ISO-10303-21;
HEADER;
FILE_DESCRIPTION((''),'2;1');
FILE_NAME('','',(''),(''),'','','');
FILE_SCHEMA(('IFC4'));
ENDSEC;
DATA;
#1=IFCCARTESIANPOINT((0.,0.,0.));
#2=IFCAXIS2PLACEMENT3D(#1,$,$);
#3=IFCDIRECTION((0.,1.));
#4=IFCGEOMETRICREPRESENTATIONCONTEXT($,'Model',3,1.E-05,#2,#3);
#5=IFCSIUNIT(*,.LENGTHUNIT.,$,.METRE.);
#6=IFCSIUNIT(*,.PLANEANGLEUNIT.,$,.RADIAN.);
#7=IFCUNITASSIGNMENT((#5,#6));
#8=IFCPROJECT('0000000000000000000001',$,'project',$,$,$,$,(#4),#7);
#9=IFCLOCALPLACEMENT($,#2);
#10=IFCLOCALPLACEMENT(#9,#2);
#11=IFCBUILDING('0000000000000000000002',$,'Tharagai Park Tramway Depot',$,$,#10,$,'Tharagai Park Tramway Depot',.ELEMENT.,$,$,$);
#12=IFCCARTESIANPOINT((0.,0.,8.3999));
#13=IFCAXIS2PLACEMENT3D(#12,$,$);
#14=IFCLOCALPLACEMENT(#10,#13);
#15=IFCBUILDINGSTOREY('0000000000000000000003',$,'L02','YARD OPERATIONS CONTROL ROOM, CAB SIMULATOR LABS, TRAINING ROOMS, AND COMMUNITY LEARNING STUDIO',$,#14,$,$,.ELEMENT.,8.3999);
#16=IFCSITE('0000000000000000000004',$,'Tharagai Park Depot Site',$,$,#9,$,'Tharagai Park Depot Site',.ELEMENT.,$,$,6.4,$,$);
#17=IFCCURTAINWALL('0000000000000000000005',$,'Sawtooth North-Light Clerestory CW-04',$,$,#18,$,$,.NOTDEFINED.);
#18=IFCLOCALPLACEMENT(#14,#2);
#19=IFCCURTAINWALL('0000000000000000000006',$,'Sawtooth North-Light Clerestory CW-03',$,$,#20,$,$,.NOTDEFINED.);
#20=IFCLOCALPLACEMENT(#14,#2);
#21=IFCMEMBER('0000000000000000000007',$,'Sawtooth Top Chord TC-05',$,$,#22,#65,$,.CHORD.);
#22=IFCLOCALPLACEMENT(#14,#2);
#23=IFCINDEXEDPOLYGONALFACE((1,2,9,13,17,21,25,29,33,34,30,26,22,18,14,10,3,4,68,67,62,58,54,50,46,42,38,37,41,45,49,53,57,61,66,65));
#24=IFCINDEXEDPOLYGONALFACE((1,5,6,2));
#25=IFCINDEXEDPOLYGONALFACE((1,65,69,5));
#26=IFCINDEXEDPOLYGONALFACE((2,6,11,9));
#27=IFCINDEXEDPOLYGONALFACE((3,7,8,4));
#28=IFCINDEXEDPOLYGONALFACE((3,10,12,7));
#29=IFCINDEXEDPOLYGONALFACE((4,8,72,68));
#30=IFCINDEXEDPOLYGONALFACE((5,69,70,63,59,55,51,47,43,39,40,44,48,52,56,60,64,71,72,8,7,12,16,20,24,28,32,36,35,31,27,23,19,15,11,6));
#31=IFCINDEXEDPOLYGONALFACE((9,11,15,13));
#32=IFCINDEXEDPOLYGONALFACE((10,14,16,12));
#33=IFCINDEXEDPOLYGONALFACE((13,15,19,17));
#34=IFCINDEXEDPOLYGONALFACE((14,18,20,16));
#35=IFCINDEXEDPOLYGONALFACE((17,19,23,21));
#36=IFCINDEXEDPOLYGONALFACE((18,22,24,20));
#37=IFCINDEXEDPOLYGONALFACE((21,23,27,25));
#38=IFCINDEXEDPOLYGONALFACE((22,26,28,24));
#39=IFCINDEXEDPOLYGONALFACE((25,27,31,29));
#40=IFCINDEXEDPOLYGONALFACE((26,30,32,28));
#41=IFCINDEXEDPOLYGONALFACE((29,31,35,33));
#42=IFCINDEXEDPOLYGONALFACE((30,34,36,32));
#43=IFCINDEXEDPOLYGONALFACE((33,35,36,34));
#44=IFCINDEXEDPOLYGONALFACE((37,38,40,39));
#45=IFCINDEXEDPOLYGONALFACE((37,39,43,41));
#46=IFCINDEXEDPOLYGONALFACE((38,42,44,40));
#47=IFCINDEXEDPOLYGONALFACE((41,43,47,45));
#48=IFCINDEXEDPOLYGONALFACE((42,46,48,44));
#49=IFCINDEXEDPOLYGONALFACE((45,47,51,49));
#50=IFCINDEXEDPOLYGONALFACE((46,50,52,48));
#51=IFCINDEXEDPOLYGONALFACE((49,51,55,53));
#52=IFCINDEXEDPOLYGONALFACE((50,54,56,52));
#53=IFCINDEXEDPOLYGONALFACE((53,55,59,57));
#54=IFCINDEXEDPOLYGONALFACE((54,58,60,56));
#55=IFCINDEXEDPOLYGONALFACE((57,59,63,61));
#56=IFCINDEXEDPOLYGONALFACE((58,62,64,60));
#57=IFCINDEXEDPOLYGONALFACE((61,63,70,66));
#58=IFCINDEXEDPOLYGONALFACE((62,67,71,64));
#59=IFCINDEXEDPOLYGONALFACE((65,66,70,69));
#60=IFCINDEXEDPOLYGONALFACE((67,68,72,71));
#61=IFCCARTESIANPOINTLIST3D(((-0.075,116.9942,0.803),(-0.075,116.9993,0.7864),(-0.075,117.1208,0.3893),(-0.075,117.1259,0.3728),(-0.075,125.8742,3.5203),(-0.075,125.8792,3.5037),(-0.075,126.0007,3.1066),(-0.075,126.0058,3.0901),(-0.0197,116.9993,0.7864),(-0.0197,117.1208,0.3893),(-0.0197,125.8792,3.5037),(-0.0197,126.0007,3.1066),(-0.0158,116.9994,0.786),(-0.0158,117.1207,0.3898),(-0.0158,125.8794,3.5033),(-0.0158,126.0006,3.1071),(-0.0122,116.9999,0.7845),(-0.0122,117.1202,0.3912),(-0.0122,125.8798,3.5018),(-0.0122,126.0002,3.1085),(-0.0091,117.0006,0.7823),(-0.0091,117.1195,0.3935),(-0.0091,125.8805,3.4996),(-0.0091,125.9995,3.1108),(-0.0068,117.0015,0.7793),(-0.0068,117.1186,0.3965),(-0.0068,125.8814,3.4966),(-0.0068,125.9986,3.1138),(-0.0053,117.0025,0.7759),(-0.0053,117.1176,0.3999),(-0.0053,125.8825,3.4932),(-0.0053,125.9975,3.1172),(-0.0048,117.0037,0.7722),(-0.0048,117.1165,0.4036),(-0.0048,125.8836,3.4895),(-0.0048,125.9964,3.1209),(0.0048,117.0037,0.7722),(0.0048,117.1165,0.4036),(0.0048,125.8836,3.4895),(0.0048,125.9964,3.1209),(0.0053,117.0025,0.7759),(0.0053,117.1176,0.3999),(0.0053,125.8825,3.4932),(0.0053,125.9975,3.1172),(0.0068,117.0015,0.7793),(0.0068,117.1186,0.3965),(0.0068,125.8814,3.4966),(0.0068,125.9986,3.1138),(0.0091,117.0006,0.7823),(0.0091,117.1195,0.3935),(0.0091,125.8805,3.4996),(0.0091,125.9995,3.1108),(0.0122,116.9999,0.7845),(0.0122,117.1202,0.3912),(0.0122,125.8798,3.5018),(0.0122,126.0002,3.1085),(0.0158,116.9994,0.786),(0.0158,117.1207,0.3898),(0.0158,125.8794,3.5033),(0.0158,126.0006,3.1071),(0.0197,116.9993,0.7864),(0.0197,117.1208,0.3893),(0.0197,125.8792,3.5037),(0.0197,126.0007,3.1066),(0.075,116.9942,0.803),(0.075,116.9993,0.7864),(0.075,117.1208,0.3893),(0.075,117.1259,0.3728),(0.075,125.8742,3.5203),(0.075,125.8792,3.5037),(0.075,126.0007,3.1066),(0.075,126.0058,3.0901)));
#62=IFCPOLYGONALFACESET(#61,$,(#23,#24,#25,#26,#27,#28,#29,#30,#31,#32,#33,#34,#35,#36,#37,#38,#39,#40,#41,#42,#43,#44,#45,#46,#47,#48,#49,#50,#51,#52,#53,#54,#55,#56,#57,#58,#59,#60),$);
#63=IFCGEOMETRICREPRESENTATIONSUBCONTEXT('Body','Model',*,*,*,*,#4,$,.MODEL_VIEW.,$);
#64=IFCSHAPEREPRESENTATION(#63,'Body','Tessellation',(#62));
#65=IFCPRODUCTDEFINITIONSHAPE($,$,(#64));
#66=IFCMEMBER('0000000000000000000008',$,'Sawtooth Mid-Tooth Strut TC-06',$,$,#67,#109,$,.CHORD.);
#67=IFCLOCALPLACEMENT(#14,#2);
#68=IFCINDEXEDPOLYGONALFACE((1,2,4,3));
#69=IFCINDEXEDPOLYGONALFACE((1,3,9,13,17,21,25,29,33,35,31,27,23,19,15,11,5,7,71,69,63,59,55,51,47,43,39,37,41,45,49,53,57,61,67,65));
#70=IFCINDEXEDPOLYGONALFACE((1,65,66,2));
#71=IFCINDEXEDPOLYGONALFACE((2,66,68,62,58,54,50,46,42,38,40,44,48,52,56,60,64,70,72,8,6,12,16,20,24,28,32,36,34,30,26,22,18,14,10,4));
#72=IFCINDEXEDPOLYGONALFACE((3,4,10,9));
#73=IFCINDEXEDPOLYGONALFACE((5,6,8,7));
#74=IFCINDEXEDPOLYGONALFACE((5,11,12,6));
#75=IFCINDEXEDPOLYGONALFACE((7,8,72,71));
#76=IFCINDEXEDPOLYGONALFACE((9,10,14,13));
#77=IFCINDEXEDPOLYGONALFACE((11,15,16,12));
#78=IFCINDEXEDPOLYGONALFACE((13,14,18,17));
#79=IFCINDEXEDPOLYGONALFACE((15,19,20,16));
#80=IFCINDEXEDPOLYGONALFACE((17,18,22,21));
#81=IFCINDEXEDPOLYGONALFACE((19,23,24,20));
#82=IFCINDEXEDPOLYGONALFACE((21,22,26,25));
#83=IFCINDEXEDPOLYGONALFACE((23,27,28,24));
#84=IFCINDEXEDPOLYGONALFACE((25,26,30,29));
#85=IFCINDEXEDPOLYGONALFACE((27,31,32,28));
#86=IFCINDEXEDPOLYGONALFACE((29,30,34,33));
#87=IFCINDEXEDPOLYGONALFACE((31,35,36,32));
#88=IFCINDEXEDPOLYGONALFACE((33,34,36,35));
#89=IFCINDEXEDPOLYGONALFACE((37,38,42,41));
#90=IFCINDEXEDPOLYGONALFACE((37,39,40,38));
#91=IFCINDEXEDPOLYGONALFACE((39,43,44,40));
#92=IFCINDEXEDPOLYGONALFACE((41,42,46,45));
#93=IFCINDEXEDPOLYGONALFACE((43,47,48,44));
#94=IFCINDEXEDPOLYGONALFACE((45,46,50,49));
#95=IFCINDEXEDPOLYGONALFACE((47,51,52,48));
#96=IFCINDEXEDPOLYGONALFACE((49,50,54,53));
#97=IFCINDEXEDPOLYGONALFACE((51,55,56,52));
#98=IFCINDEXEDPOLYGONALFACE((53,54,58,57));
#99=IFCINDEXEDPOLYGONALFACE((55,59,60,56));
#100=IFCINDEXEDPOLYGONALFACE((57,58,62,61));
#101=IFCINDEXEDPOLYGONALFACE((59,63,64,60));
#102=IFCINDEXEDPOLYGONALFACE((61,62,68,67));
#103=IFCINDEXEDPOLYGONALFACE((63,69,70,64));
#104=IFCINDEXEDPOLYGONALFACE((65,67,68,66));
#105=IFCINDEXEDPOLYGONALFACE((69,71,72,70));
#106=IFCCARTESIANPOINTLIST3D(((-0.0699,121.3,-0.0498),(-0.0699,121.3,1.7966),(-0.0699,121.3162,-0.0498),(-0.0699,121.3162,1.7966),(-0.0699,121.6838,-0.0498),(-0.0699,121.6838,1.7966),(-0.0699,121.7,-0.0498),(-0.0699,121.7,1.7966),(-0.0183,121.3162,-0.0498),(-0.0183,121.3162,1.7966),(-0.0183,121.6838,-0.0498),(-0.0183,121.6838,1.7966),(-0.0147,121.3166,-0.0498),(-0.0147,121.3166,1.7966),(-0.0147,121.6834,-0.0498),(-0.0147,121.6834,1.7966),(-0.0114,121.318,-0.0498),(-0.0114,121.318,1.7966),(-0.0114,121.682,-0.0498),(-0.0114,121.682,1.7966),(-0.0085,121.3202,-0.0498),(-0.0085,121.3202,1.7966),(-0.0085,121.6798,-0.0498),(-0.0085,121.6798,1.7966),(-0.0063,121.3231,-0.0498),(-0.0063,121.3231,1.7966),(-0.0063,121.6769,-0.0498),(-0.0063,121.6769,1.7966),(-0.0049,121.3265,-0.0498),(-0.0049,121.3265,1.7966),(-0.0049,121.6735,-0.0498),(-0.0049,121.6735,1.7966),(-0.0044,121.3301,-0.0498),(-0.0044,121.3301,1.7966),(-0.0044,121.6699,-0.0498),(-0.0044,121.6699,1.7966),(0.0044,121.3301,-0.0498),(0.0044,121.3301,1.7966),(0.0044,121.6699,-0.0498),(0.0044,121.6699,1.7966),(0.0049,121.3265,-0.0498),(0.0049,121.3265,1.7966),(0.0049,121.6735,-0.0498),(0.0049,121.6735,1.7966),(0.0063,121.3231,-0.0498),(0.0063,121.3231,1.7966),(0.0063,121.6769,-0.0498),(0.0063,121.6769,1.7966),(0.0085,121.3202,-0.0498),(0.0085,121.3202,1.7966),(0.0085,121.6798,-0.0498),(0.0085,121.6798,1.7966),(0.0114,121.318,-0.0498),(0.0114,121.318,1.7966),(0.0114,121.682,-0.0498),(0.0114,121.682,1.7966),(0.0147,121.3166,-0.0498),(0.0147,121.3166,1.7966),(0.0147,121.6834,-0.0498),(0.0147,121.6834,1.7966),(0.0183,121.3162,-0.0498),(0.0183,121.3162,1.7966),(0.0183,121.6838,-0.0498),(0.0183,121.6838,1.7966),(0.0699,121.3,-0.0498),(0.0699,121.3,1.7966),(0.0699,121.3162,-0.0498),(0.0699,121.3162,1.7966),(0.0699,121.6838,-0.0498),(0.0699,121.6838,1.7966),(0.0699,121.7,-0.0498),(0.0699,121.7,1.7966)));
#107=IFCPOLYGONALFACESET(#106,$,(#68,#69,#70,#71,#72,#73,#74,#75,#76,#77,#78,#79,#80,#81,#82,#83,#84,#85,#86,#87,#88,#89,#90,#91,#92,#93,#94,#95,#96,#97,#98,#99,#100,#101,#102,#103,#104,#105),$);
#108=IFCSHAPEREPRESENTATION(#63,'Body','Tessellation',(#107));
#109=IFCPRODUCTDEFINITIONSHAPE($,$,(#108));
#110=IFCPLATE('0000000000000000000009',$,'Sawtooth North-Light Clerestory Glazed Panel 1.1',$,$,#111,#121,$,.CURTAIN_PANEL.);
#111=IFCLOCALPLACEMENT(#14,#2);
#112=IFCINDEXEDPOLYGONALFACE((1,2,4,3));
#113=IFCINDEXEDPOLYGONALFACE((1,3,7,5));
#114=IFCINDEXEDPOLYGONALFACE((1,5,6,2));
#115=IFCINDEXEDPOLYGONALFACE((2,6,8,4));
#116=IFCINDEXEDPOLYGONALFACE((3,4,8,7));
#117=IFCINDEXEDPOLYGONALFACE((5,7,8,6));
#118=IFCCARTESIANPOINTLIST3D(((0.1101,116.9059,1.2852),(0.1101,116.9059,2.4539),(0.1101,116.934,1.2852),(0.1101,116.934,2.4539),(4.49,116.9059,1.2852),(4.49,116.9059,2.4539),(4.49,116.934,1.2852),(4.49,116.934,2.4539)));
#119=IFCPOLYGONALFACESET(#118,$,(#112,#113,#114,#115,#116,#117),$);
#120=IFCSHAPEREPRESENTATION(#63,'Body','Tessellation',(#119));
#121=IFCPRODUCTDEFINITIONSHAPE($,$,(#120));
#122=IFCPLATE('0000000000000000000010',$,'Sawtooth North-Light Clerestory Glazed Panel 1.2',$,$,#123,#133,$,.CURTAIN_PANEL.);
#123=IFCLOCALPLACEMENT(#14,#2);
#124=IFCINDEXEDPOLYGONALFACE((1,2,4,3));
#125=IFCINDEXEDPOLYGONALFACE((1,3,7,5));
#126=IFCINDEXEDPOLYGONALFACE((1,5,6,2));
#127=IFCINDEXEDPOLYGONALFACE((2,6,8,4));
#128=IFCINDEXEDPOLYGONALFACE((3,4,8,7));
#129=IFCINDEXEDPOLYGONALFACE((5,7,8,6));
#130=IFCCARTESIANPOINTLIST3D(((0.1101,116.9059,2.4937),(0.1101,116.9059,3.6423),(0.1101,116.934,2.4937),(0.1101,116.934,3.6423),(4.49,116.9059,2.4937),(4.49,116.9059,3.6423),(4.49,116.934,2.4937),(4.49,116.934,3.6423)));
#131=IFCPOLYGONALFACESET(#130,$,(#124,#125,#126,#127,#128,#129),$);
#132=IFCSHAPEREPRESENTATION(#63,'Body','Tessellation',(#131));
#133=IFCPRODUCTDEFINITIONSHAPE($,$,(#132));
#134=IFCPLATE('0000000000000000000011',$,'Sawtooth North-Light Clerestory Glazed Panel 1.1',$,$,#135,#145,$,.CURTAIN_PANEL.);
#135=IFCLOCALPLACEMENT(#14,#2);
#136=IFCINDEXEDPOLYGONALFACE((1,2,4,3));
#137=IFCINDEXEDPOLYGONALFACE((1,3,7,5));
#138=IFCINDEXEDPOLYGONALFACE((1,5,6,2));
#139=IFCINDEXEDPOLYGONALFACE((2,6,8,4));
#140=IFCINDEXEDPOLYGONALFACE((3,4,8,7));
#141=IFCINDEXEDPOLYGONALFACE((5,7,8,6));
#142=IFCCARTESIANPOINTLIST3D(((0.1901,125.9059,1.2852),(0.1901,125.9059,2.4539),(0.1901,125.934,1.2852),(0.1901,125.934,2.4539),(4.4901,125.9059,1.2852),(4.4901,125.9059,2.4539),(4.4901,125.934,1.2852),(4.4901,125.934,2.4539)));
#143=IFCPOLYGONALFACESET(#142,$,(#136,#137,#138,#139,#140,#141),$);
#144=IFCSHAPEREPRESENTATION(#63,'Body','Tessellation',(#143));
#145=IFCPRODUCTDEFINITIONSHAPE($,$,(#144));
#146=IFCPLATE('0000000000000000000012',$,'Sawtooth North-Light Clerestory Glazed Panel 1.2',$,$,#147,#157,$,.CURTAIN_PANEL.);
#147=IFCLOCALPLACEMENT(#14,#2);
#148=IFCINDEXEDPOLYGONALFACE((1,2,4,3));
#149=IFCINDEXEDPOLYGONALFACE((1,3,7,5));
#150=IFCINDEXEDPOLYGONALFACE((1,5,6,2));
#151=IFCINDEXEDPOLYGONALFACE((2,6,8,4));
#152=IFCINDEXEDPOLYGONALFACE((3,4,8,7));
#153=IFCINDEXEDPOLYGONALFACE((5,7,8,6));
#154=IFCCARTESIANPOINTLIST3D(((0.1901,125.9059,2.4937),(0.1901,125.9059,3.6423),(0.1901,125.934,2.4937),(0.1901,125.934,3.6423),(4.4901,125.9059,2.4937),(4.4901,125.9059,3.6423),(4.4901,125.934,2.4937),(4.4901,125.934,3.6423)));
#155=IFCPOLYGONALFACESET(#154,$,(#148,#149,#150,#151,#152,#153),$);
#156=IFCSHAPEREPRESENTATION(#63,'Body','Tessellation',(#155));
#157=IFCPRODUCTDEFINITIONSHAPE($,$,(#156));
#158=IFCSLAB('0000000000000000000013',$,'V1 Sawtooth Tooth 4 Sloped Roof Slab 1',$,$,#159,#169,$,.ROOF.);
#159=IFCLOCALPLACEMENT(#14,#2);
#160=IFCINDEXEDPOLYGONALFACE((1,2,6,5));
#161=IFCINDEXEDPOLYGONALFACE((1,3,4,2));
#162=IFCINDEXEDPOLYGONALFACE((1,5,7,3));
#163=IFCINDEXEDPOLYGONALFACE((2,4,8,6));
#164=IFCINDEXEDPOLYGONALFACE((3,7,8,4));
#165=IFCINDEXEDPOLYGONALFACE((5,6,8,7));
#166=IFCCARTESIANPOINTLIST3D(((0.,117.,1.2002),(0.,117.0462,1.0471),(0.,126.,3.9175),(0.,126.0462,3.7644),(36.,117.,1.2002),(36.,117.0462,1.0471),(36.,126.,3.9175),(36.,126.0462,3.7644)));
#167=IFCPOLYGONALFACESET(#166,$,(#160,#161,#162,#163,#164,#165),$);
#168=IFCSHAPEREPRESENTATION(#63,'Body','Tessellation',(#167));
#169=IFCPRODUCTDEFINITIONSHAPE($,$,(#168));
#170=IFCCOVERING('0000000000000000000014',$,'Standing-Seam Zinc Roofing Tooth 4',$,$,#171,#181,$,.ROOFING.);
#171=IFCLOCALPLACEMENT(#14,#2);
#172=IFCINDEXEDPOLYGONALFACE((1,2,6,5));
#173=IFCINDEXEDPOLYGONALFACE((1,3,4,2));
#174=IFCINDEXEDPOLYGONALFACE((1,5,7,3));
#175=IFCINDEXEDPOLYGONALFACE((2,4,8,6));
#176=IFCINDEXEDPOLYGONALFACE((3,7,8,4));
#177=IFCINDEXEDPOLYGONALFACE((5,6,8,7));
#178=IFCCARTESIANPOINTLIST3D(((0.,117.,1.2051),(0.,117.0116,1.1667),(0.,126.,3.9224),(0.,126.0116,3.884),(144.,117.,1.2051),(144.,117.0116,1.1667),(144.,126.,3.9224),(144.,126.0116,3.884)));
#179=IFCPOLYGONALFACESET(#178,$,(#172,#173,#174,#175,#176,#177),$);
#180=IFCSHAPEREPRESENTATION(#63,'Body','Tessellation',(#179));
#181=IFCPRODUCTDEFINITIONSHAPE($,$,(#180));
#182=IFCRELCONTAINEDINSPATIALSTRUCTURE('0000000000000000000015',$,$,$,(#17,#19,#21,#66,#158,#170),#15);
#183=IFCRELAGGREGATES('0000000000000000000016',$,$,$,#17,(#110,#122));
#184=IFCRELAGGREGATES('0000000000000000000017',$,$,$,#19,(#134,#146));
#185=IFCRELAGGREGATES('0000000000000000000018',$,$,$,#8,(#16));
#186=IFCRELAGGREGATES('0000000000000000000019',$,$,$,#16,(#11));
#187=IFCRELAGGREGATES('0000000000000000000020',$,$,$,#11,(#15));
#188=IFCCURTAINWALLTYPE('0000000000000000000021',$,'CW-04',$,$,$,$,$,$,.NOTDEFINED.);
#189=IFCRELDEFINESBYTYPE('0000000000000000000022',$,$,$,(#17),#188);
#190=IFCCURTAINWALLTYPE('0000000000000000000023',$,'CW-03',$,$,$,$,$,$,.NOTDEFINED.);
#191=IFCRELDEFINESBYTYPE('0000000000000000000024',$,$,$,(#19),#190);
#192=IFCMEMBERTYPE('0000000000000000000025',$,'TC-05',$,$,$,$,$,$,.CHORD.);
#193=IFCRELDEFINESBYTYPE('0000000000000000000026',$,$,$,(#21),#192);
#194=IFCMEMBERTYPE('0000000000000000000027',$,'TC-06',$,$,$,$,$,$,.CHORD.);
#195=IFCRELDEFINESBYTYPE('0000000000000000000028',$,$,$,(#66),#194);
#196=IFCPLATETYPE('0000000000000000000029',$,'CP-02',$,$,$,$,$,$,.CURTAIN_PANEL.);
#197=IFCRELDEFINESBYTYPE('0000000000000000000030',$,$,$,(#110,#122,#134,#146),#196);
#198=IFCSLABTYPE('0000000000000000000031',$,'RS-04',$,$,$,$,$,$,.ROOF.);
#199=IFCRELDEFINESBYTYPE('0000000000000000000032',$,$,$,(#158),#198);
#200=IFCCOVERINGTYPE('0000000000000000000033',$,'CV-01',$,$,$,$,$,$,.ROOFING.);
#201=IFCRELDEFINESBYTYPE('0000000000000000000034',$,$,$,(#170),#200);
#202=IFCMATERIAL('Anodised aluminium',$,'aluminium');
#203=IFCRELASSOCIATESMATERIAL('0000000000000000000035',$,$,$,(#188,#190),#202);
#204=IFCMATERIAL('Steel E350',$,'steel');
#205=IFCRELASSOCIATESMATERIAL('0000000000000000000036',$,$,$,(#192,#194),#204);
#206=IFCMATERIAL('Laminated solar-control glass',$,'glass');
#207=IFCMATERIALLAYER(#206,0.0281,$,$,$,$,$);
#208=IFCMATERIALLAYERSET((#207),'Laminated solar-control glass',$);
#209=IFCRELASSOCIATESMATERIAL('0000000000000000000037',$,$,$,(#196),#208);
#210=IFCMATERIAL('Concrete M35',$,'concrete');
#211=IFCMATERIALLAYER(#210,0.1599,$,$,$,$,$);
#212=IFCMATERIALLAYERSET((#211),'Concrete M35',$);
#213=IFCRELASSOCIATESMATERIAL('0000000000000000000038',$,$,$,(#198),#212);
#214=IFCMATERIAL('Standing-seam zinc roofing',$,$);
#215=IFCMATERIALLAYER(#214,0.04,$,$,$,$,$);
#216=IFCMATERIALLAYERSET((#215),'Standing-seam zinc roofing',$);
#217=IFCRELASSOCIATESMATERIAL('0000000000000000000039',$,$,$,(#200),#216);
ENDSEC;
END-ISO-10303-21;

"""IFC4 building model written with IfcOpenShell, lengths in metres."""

from ifc_helpers import new_model, si_unit, direction, frame, origin, origin_2d, place, context, subcontext, project, spatial, polyline, rectangle, i_section, outline, extrude, material, layer, layer_set, material_profile, profile_set, type_object, element, aggregate, save


model = new_model("IFC4")

# Units and contexts
model_context = context("Model", 3, precision=1e-05, world=origin(), true_north=direction((0.0, 1.0)))
body_context = subcontext(model_context, "Body", "Model", "MODEL_VIEW")
ifc_project = project(units=[si_unit("LENGTHUNIT", "METRE"), si_unit("PLANEANGLEUNIT", "RADIAN")], contexts=[model_context])

# Site, building, storey
site_placement = place(None, origin())
site = spatial("IfcSite", under=ifc_project, at=site_placement, Name="Tharagai Park Depot Site", LongName="Tharagai Park Depot Site", CompositionType="ELEMENT", RefElevation=6.4)
building_placement = place(site_placement, origin())
building = spatial("IfcBuilding", under=site, at=building_placement, Name="Tharagai Park Tramway Depot", LongName="Tharagai Park Tramway Depot", CompositionType="ELEMENT")
storey_placement = place(building_placement, frame((0.0, 0.0, 8.3999)))
storey = spatial("IfcBuildingStorey", under=building, at=storey_placement, Name="L02", Description="YARD OPERATIONS CONTROL ROOM, CAB SIMULATOR LABS, TRAINING ROOMS, AND COMMUNITY LEARNING STUDIO", CompositionType="ELEMENT", Elevation=8.3999)

# Shared definitions
ifc_material_1 = material(Name="Steel E350", Category="steel")

# Curtain walls
ifc_material_2 = material(Name="Anodised aluminium", Category="aluminium")
curtain_wall_type_1 = type_object("IfcCurtainWallType", Name="CW-04", PredefinedType="NOTDEFINED", material=ifc_material_2)
curtain_wall_1_placement = place(storey_placement, origin())
curtain_wall_1 = element("IfcCurtainWall", 1, at=curtain_wall_1_placement, inside=storey, type_object=curtain_wall_type_1, Name="Sawtooth North-Light Clerestory CW-04", PredefinedType="NOTDEFINED")
curtain_wall_type_2 = type_object("IfcCurtainWallType", Name="CW-03", PredefinedType="NOTDEFINED", material=ifc_material_2)
curtain_wall_2_placement = place(storey_placement, origin())
curtain_wall_2 = element("IfcCurtainWall", 2, at=curtain_wall_2_placement, inside=storey, type_object=curtain_wall_type_2, Name="Sawtooth North-Light Clerestory CW-03", PredefinedType="NOTDEFINED")

# Members
ifc_material_profile_1 = material_profile(ifc_material_1, i_section(OverallWidth=0.1499, OverallDepth=0.45, WebThickness=0.0095, FlangeThickness=0.0173, FilletRadius=0.0149, at=origin_2d()), Name="ISMB 450")
ifc_profile_set_1 = profile_set([ifc_material_profile_1], Name="Steel E350")
member_type_1 = type_object("IfcMemberType", Name="TC-05", PredefinedType="CHORD", material=ifc_profile_set_1)
member_1_placement = place(storey_placement, frame((0.0, 117.0601, 0.5879), z_axis=(0.0, 0.956231, 0.292611), x_axis=(-1.0, 0.0, 0.0)))
element("IfcMember", 3, at=member_1_placement, inside=storey, type_object=member_type_1, Name="Sawtooth Top Chord TC-05", PredefinedType="CHORD", context=body_context, shape_type="SweptSolid", body=[
    extrude(i_section(OverallWidth=0.1499, OverallDepth=0.45, WebThickness=0.0095, FlangeThickness=0.0173, FilletRadius=0.0149, at=origin_2d()), origin(), (0.0, 0.0, 1.0), 9.2864),
])
ifc_material_profile_2 = material_profile(ifc_material_1, i_section(OverallWidth=0.1399, OverallDepth=0.3999, WebThickness=0.0088, FlangeThickness=0.0161, FilletRadius=0.0139, at=origin_2d()), Name="ISMB 400")
ifc_profile_set_2 = profile_set([ifc_material_profile_2], Name="Steel E350")
member_type_2 = type_object("IfcMemberType", Name="TC-06", PredefinedType="CHORD", material=ifc_profile_set_2)
member_2_placement = place(storey_placement, frame((0.0, 121.5, -0.0498), z_axis=(0.0, 0.0, 1.0), x_axis=(1.0, 0.0, 0.0)))
element("IfcMember", 4, at=member_2_placement, inside=storey, type_object=member_type_2, Name="Sawtooth Mid-Tooth Strut TC-06", PredefinedType="CHORD", context=body_context, shape_type="SweptSolid", body=[
    extrude(i_section(OverallWidth=0.1399, OverallDepth=0.3999, WebThickness=0.0088, FlangeThickness=0.0161, FilletRadius=0.0139, at=origin_2d()), origin(), (0.0, 0.0, 1.0), 1.8464),
])

# Plates
ifc_material_3 = material(Name="Laminated solar-control glass", Category="glass")
ifc_layer_1 = layer(ifc_material_3, 0.0281)
ifc_layer_set_1 = layer_set([ifc_layer_1], Name="Laminated solar-control glass")
plate_type = type_object("IfcPlateType", Name="CP-02", PredefinedType="CURTAIN_PANEL", material=ifc_layer_set_1)
plate_1_placement = place(storey_placement, frame((2.3, 116.9199, 1.2852), z_axis=(0.0, 0.0, 1.0), x_axis=(1.0, 0.0, 0.0)))
plate_1 = element("IfcPlate", 5, at=plate_1_placement, type_object=plate_type, Name="Sawtooth North-Light Clerestory Glazed Panel 1.1", PredefinedType="CURTAIN_PANEL", context=body_context, shape_type="SweptSolid", body=[
    extrude(rectangle(XDim=4.3799, YDim=0.0281, at=origin_2d()), origin(), (0.0, 0.0, 1.0), 1.1687),
])
plate_2_placement = place(storey_placement, frame((2.3, 116.9199, 2.4937), z_axis=(0.0, 0.0, 1.0), x_axis=(1.0, 0.0, 0.0)))
plate_2 = element("IfcPlate", 6, at=plate_2_placement, type_object=plate_type, Name="Sawtooth North-Light Clerestory Glazed Panel 1.2", PredefinedType="CURTAIN_PANEL", context=body_context, shape_type="SweptSolid", body=[
    extrude(rectangle(XDim=4.3799, YDim=0.0281, at=origin_2d()), origin(), (0.0, 0.0, 1.0), 1.1487),
])
aggregate(curtain_wall_1, [plate_1, plate_2])
plate_3_placement = place(storey_placement, frame((2.3401, 125.9199, 1.2852), z_axis=(0.0, 0.0, 1.0), x_axis=(1.0, 0.0, 0.0)))
plate_3 = element("IfcPlate", 7, at=plate_3_placement, type_object=plate_type, Name="Sawtooth North-Light Clerestory Glazed Panel 1.1", PredefinedType="CURTAIN_PANEL", context=body_context, shape_type="SweptSolid", body=[
    extrude(rectangle(XDim=4.3, YDim=0.0281, at=origin_2d()), origin(), (0.0, 0.0, 1.0), 1.1687),
])
plate_4_placement = place(storey_placement, frame((2.3401, 125.9199, 2.4937), z_axis=(0.0, 0.0, 1.0), x_axis=(1.0, 0.0, 0.0)))
plate_4 = element("IfcPlate", 8, at=plate_4_placement, type_object=plate_type, Name="Sawtooth North-Light Clerestory Glazed Panel 1.2", PredefinedType="CURTAIN_PANEL", context=body_context, shape_type="SweptSolid", body=[
    extrude(rectangle(XDim=4.3, YDim=0.0281, at=origin_2d()), origin(), (0.0, 0.0, 1.0), 1.1487),
])
aggregate(curtain_wall_2, [plate_3, plate_4])

# Slab
ifc_material_4 = material(Name="Concrete M35", Category="concrete")
ifc_layer_2 = layer(ifc_material_4, 0.1599)
ifc_layer_set_2 = layer_set([ifc_layer_2], Name="Concrete M35")
slab_type = type_object("IfcSlabType", Name="RS-04", PredefinedType="ROOF", material=ifc_layer_set_2)
slab_placement = place(storey_placement, frame((0.0, 117.0, 1.2002), z_axis=(0.0, -0.289034, 0.957319), x_axis=(1.0, 0.0, 0.0)))
element("IfcSlab", 9, at=slab_placement, inside=storey, type_object=slab_type, Name="V1 Sawtooth Tooth 4 Sloped Roof Slab 1", PredefinedType="ROOF", context=body_context, shape_type="SweptSolid", body=[
    extrude(outline(polyline([(0.0, 0.0), (36.0, 0.0), (36.0, 9.4013), (0.0, 9.4013), (0.0, 0.0)])), origin(), (0.0, 0.0, -1.0), 0.1599),
])

# Covering
ifc_material_5 = material(Name="Standing-seam zinc roofing")
ifc_layer_3 = layer(ifc_material_5, 0.04)
ifc_layer_set_3 = layer_set([ifc_layer_3], Name="Standing-seam zinc roofing")
covering_type = type_object("IfcCoveringType", Name="CV-01", PredefinedType="ROOFING", material=ifc_layer_set_3)
covering_placement = place(storey_placement, frame((0.0, 117.0, 1.2051), z_axis=(0.0, -0.289034, 0.957319), x_axis=(1.0, 0.0, 0.0)))
element("IfcCovering", 10, at=covering_placement, inside=storey, type_object=covering_type, Name="Standing-Seam Zinc Roofing Tooth 4", PredefinedType="ROOFING", context=body_context, shape_type="SweptSolid", body=[
    extrude(outline(polyline([(0.0, 0.0), (144.0, 0.0), (144.0, 9.4013), (0.0, 9.4013), (0.0, 0.0)])), origin(), (0.0, 0.0, -1.0), 0.04),
])

save(model, "model.ifc")
